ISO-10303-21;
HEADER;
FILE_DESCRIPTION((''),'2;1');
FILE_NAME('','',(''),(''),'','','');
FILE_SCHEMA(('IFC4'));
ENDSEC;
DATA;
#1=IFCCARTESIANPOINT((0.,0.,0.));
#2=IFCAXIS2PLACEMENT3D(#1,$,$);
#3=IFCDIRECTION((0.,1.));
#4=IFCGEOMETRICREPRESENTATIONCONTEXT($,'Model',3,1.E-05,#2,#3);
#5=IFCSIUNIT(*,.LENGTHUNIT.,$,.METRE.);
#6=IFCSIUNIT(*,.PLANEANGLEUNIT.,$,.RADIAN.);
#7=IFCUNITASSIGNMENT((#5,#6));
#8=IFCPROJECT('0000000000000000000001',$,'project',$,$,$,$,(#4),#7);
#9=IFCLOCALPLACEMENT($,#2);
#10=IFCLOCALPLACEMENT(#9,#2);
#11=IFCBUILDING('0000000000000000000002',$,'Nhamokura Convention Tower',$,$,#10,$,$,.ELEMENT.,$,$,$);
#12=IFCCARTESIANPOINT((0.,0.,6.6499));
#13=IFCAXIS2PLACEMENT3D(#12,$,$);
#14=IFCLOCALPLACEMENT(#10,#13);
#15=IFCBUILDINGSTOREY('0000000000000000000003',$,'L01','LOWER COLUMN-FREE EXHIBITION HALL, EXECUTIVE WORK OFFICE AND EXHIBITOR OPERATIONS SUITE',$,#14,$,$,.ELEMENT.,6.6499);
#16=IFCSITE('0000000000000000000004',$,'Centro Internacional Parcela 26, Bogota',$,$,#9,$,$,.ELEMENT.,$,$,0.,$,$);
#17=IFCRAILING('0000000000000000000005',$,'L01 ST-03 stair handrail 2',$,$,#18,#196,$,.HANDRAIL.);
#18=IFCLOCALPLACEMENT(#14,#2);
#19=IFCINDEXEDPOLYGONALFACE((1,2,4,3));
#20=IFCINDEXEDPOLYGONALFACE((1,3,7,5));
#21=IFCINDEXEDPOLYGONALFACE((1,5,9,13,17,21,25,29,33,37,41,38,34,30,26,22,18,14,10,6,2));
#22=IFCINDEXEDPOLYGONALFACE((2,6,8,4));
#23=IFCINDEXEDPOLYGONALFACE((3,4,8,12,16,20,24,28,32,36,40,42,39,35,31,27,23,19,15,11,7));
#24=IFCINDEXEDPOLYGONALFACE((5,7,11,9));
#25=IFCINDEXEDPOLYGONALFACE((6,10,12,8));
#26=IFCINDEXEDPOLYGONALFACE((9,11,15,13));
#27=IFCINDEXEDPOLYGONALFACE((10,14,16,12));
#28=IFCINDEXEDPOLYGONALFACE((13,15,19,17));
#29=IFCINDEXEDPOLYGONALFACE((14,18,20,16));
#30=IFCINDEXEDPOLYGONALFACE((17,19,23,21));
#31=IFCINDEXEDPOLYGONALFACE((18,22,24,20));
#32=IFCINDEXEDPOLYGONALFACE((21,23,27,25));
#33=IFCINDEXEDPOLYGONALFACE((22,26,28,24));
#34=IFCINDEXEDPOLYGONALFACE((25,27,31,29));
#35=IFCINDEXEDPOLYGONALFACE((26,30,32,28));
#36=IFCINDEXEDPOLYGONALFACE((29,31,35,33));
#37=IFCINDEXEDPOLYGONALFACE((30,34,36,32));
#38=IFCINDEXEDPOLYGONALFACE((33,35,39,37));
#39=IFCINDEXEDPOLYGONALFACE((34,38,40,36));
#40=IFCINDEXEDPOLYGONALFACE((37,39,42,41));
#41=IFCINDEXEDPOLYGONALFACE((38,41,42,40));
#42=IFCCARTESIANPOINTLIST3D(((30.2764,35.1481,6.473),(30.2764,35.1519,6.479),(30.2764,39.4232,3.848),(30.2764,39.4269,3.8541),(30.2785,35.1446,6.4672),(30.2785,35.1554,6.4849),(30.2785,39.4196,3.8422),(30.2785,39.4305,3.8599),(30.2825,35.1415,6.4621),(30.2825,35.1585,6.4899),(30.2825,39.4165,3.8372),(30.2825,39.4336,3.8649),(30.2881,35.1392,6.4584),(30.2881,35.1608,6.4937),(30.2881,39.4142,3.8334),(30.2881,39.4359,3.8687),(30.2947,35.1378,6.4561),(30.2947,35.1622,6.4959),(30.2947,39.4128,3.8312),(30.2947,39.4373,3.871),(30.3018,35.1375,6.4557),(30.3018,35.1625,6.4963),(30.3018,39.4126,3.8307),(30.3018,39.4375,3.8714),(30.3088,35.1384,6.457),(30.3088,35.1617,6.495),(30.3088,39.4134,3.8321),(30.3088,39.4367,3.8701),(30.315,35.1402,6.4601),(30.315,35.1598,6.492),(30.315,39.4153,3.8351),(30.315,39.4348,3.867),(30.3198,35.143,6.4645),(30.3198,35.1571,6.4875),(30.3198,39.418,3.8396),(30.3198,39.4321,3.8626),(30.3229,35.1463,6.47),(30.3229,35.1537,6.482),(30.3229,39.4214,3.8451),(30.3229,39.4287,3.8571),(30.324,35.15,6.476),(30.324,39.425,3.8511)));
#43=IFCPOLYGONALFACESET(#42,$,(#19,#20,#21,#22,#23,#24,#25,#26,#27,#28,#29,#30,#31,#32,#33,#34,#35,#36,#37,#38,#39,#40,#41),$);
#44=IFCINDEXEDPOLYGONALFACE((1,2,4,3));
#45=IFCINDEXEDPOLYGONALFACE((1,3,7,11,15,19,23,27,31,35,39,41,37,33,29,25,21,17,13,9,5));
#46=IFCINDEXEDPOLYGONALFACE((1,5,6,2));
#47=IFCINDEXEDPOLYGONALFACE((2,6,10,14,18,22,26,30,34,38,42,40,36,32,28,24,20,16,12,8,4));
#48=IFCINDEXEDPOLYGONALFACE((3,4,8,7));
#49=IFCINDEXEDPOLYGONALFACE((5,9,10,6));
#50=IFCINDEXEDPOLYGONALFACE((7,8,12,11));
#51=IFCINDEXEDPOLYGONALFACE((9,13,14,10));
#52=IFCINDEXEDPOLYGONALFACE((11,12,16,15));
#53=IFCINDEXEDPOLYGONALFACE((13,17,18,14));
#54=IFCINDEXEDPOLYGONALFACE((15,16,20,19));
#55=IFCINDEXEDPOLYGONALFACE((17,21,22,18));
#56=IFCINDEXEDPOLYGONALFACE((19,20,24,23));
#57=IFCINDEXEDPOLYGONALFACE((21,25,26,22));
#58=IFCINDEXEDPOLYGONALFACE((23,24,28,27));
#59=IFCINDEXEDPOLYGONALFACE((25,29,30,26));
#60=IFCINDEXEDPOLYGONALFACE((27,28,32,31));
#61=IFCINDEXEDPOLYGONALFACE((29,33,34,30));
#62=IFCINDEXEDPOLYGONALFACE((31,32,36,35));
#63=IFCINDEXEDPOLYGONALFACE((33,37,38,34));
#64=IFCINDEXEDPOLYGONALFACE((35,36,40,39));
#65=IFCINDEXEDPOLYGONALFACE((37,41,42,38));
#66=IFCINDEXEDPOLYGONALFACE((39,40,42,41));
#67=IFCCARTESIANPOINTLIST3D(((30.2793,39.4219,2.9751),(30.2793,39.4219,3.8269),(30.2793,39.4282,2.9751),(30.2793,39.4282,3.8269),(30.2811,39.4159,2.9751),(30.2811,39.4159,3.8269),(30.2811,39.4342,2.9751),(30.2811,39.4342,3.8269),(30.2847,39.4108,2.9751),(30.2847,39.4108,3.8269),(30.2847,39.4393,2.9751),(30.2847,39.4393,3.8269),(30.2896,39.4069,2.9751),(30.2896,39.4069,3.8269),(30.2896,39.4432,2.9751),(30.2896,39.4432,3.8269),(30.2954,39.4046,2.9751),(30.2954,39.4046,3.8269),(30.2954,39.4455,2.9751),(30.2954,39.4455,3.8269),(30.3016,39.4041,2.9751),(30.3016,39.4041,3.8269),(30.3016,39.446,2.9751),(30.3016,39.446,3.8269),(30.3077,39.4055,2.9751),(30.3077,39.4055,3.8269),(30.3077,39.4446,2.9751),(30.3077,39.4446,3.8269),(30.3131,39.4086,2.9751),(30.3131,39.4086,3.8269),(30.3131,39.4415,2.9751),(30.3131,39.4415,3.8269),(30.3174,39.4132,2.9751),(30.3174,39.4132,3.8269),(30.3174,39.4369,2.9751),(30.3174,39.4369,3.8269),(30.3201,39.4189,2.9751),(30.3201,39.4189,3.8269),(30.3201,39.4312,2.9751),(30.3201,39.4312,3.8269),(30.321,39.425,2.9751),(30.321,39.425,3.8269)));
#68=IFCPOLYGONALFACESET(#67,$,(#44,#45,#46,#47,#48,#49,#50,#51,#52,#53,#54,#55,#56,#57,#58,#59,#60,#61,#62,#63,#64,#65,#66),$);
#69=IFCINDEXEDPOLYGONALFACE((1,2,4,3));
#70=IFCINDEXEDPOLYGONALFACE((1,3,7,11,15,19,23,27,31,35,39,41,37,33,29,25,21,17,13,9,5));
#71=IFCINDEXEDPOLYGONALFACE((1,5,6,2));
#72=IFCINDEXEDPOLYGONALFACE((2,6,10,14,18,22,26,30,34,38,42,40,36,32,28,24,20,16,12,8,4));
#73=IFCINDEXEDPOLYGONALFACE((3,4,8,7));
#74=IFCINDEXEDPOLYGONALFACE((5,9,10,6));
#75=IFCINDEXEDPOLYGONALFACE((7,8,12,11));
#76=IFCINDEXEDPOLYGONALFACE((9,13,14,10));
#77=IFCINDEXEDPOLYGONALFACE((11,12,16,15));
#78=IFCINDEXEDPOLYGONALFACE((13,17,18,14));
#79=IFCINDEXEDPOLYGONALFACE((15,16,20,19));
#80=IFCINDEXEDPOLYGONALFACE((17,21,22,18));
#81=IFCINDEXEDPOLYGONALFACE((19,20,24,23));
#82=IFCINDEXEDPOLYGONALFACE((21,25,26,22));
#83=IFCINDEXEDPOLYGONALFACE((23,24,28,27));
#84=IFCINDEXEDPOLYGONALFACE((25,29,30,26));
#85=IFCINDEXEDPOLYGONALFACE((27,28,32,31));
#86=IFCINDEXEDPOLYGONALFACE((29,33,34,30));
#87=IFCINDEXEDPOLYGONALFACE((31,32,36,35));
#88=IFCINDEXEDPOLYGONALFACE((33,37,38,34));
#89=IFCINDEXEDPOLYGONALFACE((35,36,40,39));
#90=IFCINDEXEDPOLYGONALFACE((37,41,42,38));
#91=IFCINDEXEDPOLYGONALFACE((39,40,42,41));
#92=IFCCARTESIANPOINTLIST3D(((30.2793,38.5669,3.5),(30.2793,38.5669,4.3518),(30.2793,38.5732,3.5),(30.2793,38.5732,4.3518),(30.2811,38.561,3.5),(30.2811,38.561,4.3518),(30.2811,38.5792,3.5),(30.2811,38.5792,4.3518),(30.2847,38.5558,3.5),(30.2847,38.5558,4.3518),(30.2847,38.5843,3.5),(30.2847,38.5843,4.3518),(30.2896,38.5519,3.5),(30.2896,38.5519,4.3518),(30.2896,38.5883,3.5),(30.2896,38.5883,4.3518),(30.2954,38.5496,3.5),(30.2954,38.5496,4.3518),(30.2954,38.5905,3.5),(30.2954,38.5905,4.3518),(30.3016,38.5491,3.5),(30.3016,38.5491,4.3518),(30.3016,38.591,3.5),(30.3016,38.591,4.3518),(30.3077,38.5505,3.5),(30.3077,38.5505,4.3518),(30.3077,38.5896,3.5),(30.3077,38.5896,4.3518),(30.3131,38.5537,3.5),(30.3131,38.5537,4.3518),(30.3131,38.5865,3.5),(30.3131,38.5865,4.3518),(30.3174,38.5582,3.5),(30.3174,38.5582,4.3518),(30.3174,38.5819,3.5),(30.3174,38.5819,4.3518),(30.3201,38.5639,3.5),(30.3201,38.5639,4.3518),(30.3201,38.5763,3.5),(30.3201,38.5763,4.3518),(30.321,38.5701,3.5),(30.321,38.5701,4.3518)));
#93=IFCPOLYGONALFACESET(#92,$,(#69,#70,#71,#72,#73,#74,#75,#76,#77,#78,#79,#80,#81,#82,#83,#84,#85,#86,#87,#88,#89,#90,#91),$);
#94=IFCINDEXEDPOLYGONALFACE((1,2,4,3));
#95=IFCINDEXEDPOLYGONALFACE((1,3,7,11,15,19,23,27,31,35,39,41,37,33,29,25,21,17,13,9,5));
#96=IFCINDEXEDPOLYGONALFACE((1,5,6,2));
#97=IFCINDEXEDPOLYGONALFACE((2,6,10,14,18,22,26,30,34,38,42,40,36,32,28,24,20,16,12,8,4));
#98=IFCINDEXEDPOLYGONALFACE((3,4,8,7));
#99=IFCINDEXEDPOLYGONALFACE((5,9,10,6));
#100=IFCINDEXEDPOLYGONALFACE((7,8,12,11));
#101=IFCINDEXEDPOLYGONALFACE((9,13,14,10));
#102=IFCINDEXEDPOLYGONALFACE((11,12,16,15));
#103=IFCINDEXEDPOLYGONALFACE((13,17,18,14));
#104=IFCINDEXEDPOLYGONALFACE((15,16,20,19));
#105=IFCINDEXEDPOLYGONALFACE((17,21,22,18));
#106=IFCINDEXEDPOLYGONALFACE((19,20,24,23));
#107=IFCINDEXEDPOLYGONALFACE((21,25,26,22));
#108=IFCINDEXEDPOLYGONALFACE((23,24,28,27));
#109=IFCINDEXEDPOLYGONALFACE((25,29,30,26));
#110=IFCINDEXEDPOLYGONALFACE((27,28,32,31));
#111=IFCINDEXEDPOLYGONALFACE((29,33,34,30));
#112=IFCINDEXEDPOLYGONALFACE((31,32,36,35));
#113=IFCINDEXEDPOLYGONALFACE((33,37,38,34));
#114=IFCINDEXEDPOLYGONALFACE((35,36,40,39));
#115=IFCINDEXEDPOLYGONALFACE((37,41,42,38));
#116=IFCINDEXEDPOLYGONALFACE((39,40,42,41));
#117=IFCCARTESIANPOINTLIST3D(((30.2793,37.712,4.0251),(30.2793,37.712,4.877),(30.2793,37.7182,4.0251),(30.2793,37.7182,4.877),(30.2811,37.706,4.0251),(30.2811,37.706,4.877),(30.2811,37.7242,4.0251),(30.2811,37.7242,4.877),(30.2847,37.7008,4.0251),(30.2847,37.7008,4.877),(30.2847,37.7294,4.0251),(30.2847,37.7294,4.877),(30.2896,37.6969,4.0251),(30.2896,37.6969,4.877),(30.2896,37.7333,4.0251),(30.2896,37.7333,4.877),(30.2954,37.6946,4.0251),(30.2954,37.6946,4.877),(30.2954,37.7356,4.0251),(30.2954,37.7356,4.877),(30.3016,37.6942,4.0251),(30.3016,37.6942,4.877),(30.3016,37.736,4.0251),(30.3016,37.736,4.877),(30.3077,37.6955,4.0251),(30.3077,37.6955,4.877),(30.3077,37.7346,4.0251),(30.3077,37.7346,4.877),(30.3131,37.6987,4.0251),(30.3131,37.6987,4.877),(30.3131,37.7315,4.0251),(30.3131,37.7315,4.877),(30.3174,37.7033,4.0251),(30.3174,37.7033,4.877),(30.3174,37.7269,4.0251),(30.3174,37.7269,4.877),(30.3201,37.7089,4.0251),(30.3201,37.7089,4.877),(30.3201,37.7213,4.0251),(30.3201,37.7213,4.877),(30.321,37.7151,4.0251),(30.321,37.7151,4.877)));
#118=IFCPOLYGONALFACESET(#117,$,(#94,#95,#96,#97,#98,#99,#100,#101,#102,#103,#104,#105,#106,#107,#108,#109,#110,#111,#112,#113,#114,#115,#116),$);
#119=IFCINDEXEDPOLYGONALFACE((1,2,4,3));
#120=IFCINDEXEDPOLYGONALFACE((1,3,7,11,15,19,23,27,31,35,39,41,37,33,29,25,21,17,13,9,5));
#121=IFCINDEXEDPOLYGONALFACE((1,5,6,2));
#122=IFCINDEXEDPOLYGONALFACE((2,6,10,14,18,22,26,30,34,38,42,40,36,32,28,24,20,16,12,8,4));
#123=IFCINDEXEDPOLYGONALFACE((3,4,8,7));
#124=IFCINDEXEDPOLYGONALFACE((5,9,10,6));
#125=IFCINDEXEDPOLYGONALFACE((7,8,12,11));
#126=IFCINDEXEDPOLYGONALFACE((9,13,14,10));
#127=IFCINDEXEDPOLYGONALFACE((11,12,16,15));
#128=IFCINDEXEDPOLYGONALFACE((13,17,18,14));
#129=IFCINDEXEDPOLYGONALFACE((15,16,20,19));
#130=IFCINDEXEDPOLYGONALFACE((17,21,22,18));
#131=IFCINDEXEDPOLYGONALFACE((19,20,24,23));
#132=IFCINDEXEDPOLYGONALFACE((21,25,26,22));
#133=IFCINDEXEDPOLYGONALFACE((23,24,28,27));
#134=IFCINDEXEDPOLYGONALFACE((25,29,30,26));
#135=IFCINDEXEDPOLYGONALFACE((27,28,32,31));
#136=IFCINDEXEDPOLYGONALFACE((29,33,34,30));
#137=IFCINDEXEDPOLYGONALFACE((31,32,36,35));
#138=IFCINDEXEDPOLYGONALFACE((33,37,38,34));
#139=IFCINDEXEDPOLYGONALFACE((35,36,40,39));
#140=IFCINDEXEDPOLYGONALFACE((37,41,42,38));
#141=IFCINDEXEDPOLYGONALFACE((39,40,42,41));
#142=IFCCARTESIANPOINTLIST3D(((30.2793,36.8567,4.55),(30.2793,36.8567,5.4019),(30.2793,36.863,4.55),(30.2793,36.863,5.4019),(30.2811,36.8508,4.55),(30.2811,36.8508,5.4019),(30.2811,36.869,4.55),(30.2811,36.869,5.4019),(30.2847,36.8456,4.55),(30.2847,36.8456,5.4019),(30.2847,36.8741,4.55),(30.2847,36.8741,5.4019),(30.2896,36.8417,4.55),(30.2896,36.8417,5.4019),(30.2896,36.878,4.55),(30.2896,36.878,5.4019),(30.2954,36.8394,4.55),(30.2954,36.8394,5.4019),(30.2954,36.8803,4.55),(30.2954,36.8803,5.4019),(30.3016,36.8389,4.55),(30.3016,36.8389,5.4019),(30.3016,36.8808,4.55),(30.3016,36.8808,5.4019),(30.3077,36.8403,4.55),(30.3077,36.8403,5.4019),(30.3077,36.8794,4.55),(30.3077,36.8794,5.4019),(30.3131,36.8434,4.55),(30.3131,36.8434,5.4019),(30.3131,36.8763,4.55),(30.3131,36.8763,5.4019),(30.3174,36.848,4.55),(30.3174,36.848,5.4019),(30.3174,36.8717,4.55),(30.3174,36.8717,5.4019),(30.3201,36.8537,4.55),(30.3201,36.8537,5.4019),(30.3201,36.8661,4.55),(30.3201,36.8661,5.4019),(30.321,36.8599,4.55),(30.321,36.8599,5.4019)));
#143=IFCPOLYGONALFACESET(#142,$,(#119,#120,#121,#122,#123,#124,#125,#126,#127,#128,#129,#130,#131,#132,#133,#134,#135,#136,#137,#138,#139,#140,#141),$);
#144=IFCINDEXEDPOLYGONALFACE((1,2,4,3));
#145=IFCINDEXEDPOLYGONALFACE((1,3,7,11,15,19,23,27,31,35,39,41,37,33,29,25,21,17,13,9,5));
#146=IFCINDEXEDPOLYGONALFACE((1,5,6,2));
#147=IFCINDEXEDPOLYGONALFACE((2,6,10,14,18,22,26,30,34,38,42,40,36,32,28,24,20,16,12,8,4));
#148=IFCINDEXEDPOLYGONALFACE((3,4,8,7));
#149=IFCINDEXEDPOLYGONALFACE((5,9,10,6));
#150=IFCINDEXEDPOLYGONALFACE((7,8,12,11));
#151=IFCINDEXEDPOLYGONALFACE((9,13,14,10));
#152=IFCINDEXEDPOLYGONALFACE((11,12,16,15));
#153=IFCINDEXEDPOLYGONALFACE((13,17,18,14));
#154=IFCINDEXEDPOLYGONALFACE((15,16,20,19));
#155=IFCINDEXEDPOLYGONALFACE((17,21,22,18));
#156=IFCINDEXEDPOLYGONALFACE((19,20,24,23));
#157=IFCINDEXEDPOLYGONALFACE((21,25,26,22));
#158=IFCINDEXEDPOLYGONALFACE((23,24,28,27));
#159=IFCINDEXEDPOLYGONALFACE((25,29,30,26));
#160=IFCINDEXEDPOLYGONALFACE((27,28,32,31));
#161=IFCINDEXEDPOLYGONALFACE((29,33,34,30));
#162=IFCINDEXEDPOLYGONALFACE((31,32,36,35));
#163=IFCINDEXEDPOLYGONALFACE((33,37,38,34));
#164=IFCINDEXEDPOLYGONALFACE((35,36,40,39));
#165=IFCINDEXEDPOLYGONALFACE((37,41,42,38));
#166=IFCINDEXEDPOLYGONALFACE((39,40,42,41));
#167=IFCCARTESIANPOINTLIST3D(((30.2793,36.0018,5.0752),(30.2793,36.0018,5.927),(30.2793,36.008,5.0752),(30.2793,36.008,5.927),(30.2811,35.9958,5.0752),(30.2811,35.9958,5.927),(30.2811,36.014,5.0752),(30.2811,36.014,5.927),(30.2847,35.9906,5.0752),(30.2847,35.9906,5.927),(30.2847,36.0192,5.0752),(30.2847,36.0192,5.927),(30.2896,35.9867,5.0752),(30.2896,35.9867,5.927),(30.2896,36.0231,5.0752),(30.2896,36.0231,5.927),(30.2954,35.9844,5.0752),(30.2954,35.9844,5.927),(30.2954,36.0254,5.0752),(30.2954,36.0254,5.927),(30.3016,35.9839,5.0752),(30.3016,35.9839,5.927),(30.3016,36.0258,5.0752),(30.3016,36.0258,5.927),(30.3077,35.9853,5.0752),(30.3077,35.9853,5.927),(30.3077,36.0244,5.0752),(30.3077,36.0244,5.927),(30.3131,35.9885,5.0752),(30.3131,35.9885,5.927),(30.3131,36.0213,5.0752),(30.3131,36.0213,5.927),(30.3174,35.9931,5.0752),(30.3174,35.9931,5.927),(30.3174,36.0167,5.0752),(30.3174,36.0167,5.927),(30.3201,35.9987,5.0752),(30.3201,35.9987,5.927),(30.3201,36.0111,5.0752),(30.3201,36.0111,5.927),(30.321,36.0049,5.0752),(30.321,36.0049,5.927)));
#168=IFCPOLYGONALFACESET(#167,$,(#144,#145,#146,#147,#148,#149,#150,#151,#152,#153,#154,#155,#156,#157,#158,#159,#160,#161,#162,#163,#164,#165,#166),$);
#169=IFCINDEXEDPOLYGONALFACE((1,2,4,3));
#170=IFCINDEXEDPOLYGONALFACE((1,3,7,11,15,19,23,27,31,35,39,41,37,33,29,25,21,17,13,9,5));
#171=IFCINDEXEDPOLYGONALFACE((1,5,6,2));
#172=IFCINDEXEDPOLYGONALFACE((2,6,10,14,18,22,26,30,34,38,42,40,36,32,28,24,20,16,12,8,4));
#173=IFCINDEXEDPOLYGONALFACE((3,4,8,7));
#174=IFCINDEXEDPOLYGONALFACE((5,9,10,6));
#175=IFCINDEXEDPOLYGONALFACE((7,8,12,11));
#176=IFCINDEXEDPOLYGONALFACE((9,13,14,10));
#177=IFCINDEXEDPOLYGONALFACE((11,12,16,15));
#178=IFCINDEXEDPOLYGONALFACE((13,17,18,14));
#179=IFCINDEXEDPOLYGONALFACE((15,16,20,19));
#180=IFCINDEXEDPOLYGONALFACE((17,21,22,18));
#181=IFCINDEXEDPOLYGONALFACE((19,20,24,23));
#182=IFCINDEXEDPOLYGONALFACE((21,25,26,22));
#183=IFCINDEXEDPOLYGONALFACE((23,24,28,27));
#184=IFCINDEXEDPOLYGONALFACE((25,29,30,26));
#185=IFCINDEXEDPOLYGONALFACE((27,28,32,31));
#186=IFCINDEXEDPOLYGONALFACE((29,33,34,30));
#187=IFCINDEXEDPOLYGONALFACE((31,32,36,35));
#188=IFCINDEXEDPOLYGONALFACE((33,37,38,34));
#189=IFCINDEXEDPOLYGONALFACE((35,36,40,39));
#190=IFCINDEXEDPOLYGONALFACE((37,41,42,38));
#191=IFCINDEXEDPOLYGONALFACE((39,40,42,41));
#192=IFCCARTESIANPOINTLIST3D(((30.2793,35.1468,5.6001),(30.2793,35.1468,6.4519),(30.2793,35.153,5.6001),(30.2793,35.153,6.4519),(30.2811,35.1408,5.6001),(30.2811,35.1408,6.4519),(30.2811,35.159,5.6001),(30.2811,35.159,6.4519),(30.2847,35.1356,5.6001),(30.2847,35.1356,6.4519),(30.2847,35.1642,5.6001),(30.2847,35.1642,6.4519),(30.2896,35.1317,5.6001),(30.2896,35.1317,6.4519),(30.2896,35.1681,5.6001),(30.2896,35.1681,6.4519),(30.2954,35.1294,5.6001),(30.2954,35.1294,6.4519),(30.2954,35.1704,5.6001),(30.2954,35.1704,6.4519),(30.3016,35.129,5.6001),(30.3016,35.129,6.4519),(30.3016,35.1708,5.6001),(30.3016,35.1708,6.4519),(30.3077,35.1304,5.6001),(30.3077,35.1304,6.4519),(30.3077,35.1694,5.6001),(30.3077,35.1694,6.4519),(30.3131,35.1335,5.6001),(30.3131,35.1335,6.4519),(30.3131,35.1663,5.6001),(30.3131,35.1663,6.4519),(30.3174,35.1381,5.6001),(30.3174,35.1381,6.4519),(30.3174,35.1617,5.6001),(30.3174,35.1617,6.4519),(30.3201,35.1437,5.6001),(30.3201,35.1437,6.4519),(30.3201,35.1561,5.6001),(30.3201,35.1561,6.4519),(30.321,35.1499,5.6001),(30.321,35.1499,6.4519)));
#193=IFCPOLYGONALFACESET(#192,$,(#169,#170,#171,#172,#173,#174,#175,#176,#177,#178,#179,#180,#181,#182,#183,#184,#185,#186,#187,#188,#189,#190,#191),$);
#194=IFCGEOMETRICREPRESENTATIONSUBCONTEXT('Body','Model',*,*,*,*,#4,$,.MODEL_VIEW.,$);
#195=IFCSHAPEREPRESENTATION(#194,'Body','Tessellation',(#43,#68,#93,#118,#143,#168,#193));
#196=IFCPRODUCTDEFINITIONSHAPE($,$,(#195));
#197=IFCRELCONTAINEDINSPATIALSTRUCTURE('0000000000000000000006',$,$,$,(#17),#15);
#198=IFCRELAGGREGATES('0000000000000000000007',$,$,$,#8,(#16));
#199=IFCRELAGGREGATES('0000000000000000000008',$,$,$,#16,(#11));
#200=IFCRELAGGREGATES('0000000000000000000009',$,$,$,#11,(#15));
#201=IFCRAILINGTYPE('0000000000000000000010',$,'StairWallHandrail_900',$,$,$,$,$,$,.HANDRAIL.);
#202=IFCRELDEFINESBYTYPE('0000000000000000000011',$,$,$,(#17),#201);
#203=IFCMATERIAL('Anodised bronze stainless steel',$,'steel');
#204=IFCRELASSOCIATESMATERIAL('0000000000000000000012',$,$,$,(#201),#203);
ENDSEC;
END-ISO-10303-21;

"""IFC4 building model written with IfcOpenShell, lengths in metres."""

from ifc_helpers import new_model, si_unit, direction, frame, origin, origin_2d, place, context, subcontext, project, spatial, circle, extrude, material, type_object, element, save


model = new_model("IFC4")

# Units and contexts
model_context = context("Model", 3, precision=1e-05, world=origin(), true_north=direction((0.0, 1.0)))
body_context = subcontext(model_context, "Body", "Model", "MODEL_VIEW")
ifc_project = project(units=[si_unit("LENGTHUNIT", "METRE"), si_unit("PLANEANGLEUNIT", "RADIAN")], contexts=[model_context])

# Site, building, storey
site_placement = place(None, origin())
site = spatial("IfcSite", under=ifc_project, at=site_placement, Name="Centro Internacional Parcela 26, Bogota", CompositionType="ELEMENT", RefElevation=0.0)
building_placement = place(site_placement, origin())
building = spatial("IfcBuilding", under=site, at=building_placement, Name="Nhamokura Convention Tower", CompositionType="ELEMENT")
storey_placement = place(building_placement, frame((0.0, 0.0, 6.6499)))
storey = spatial("IfcBuildingStorey", under=building, at=storey_placement, Name="L01", Description="LOWER COLUMN-FREE EXHIBITION HALL, EXECUTIVE WORK OFFICE AND EXHIBITOR OPERATIONS SUITE", CompositionType="ELEMENT", Elevation=6.6499)

# Railing
ifc_material_1 = material(Name="Anodised bronze stainless steel", Category="steel")
railing_type = type_object("IfcRailingType", Name="StairWallHandrail_900", PredefinedType="HANDRAIL", material=ifc_material_1)
railing_placement = place(storey_placement, frame((30.3, 39.425, 2.9751)))
element("IfcRailing", 1, at=railing_placement, inside=storey, type_object=railing_type, Name="L01 ST-03 stair handrail 2", PredefinedType="HANDRAIL", context=body_context, shape_type="SweptSolid", body=[
    extrude(circle(Radius=0.0239, at=origin_2d()), frame((0.0, 0.0, 0.876), z_axis=(0.0, -0.852179, 0.52325), x_axis=(1.0, 0.0, 0.0)), (0.0, 0.0, 1.0), 5.0166),
    extrude(circle(Radius=0.021, at=origin_2d()), origin(), (0.0, 0.0, 1.0), 0.8518),
    extrude(circle(Radius=0.021, at=origin_2d()), frame((0.0, -0.855, 0.5249)), (0.0, 0.0, 1.0), 0.8518),
    extrude(circle(Radius=0.021, at=origin_2d()), frame((0.0, -1.71, 1.05)), (0.0, 0.0, 1.0), 0.8518),
    extrude(circle(Radius=0.021, at=origin_2d()), frame((0.0, -2.5652, 1.575)), (0.0, 0.0, 1.0), 0.8518),
    extrude(circle(Radius=0.021, at=origin_2d()), frame((0.0, -3.4202, 2.1001)), (0.0, 0.0, 1.0), 0.8518),
    extrude(circle(Radius=0.021, at=origin_2d()), frame((0.0, -4.2751, 2.625)), (0.0, 0.0, 1.0), 0.8518),
])

save(model, "model.ifc")
